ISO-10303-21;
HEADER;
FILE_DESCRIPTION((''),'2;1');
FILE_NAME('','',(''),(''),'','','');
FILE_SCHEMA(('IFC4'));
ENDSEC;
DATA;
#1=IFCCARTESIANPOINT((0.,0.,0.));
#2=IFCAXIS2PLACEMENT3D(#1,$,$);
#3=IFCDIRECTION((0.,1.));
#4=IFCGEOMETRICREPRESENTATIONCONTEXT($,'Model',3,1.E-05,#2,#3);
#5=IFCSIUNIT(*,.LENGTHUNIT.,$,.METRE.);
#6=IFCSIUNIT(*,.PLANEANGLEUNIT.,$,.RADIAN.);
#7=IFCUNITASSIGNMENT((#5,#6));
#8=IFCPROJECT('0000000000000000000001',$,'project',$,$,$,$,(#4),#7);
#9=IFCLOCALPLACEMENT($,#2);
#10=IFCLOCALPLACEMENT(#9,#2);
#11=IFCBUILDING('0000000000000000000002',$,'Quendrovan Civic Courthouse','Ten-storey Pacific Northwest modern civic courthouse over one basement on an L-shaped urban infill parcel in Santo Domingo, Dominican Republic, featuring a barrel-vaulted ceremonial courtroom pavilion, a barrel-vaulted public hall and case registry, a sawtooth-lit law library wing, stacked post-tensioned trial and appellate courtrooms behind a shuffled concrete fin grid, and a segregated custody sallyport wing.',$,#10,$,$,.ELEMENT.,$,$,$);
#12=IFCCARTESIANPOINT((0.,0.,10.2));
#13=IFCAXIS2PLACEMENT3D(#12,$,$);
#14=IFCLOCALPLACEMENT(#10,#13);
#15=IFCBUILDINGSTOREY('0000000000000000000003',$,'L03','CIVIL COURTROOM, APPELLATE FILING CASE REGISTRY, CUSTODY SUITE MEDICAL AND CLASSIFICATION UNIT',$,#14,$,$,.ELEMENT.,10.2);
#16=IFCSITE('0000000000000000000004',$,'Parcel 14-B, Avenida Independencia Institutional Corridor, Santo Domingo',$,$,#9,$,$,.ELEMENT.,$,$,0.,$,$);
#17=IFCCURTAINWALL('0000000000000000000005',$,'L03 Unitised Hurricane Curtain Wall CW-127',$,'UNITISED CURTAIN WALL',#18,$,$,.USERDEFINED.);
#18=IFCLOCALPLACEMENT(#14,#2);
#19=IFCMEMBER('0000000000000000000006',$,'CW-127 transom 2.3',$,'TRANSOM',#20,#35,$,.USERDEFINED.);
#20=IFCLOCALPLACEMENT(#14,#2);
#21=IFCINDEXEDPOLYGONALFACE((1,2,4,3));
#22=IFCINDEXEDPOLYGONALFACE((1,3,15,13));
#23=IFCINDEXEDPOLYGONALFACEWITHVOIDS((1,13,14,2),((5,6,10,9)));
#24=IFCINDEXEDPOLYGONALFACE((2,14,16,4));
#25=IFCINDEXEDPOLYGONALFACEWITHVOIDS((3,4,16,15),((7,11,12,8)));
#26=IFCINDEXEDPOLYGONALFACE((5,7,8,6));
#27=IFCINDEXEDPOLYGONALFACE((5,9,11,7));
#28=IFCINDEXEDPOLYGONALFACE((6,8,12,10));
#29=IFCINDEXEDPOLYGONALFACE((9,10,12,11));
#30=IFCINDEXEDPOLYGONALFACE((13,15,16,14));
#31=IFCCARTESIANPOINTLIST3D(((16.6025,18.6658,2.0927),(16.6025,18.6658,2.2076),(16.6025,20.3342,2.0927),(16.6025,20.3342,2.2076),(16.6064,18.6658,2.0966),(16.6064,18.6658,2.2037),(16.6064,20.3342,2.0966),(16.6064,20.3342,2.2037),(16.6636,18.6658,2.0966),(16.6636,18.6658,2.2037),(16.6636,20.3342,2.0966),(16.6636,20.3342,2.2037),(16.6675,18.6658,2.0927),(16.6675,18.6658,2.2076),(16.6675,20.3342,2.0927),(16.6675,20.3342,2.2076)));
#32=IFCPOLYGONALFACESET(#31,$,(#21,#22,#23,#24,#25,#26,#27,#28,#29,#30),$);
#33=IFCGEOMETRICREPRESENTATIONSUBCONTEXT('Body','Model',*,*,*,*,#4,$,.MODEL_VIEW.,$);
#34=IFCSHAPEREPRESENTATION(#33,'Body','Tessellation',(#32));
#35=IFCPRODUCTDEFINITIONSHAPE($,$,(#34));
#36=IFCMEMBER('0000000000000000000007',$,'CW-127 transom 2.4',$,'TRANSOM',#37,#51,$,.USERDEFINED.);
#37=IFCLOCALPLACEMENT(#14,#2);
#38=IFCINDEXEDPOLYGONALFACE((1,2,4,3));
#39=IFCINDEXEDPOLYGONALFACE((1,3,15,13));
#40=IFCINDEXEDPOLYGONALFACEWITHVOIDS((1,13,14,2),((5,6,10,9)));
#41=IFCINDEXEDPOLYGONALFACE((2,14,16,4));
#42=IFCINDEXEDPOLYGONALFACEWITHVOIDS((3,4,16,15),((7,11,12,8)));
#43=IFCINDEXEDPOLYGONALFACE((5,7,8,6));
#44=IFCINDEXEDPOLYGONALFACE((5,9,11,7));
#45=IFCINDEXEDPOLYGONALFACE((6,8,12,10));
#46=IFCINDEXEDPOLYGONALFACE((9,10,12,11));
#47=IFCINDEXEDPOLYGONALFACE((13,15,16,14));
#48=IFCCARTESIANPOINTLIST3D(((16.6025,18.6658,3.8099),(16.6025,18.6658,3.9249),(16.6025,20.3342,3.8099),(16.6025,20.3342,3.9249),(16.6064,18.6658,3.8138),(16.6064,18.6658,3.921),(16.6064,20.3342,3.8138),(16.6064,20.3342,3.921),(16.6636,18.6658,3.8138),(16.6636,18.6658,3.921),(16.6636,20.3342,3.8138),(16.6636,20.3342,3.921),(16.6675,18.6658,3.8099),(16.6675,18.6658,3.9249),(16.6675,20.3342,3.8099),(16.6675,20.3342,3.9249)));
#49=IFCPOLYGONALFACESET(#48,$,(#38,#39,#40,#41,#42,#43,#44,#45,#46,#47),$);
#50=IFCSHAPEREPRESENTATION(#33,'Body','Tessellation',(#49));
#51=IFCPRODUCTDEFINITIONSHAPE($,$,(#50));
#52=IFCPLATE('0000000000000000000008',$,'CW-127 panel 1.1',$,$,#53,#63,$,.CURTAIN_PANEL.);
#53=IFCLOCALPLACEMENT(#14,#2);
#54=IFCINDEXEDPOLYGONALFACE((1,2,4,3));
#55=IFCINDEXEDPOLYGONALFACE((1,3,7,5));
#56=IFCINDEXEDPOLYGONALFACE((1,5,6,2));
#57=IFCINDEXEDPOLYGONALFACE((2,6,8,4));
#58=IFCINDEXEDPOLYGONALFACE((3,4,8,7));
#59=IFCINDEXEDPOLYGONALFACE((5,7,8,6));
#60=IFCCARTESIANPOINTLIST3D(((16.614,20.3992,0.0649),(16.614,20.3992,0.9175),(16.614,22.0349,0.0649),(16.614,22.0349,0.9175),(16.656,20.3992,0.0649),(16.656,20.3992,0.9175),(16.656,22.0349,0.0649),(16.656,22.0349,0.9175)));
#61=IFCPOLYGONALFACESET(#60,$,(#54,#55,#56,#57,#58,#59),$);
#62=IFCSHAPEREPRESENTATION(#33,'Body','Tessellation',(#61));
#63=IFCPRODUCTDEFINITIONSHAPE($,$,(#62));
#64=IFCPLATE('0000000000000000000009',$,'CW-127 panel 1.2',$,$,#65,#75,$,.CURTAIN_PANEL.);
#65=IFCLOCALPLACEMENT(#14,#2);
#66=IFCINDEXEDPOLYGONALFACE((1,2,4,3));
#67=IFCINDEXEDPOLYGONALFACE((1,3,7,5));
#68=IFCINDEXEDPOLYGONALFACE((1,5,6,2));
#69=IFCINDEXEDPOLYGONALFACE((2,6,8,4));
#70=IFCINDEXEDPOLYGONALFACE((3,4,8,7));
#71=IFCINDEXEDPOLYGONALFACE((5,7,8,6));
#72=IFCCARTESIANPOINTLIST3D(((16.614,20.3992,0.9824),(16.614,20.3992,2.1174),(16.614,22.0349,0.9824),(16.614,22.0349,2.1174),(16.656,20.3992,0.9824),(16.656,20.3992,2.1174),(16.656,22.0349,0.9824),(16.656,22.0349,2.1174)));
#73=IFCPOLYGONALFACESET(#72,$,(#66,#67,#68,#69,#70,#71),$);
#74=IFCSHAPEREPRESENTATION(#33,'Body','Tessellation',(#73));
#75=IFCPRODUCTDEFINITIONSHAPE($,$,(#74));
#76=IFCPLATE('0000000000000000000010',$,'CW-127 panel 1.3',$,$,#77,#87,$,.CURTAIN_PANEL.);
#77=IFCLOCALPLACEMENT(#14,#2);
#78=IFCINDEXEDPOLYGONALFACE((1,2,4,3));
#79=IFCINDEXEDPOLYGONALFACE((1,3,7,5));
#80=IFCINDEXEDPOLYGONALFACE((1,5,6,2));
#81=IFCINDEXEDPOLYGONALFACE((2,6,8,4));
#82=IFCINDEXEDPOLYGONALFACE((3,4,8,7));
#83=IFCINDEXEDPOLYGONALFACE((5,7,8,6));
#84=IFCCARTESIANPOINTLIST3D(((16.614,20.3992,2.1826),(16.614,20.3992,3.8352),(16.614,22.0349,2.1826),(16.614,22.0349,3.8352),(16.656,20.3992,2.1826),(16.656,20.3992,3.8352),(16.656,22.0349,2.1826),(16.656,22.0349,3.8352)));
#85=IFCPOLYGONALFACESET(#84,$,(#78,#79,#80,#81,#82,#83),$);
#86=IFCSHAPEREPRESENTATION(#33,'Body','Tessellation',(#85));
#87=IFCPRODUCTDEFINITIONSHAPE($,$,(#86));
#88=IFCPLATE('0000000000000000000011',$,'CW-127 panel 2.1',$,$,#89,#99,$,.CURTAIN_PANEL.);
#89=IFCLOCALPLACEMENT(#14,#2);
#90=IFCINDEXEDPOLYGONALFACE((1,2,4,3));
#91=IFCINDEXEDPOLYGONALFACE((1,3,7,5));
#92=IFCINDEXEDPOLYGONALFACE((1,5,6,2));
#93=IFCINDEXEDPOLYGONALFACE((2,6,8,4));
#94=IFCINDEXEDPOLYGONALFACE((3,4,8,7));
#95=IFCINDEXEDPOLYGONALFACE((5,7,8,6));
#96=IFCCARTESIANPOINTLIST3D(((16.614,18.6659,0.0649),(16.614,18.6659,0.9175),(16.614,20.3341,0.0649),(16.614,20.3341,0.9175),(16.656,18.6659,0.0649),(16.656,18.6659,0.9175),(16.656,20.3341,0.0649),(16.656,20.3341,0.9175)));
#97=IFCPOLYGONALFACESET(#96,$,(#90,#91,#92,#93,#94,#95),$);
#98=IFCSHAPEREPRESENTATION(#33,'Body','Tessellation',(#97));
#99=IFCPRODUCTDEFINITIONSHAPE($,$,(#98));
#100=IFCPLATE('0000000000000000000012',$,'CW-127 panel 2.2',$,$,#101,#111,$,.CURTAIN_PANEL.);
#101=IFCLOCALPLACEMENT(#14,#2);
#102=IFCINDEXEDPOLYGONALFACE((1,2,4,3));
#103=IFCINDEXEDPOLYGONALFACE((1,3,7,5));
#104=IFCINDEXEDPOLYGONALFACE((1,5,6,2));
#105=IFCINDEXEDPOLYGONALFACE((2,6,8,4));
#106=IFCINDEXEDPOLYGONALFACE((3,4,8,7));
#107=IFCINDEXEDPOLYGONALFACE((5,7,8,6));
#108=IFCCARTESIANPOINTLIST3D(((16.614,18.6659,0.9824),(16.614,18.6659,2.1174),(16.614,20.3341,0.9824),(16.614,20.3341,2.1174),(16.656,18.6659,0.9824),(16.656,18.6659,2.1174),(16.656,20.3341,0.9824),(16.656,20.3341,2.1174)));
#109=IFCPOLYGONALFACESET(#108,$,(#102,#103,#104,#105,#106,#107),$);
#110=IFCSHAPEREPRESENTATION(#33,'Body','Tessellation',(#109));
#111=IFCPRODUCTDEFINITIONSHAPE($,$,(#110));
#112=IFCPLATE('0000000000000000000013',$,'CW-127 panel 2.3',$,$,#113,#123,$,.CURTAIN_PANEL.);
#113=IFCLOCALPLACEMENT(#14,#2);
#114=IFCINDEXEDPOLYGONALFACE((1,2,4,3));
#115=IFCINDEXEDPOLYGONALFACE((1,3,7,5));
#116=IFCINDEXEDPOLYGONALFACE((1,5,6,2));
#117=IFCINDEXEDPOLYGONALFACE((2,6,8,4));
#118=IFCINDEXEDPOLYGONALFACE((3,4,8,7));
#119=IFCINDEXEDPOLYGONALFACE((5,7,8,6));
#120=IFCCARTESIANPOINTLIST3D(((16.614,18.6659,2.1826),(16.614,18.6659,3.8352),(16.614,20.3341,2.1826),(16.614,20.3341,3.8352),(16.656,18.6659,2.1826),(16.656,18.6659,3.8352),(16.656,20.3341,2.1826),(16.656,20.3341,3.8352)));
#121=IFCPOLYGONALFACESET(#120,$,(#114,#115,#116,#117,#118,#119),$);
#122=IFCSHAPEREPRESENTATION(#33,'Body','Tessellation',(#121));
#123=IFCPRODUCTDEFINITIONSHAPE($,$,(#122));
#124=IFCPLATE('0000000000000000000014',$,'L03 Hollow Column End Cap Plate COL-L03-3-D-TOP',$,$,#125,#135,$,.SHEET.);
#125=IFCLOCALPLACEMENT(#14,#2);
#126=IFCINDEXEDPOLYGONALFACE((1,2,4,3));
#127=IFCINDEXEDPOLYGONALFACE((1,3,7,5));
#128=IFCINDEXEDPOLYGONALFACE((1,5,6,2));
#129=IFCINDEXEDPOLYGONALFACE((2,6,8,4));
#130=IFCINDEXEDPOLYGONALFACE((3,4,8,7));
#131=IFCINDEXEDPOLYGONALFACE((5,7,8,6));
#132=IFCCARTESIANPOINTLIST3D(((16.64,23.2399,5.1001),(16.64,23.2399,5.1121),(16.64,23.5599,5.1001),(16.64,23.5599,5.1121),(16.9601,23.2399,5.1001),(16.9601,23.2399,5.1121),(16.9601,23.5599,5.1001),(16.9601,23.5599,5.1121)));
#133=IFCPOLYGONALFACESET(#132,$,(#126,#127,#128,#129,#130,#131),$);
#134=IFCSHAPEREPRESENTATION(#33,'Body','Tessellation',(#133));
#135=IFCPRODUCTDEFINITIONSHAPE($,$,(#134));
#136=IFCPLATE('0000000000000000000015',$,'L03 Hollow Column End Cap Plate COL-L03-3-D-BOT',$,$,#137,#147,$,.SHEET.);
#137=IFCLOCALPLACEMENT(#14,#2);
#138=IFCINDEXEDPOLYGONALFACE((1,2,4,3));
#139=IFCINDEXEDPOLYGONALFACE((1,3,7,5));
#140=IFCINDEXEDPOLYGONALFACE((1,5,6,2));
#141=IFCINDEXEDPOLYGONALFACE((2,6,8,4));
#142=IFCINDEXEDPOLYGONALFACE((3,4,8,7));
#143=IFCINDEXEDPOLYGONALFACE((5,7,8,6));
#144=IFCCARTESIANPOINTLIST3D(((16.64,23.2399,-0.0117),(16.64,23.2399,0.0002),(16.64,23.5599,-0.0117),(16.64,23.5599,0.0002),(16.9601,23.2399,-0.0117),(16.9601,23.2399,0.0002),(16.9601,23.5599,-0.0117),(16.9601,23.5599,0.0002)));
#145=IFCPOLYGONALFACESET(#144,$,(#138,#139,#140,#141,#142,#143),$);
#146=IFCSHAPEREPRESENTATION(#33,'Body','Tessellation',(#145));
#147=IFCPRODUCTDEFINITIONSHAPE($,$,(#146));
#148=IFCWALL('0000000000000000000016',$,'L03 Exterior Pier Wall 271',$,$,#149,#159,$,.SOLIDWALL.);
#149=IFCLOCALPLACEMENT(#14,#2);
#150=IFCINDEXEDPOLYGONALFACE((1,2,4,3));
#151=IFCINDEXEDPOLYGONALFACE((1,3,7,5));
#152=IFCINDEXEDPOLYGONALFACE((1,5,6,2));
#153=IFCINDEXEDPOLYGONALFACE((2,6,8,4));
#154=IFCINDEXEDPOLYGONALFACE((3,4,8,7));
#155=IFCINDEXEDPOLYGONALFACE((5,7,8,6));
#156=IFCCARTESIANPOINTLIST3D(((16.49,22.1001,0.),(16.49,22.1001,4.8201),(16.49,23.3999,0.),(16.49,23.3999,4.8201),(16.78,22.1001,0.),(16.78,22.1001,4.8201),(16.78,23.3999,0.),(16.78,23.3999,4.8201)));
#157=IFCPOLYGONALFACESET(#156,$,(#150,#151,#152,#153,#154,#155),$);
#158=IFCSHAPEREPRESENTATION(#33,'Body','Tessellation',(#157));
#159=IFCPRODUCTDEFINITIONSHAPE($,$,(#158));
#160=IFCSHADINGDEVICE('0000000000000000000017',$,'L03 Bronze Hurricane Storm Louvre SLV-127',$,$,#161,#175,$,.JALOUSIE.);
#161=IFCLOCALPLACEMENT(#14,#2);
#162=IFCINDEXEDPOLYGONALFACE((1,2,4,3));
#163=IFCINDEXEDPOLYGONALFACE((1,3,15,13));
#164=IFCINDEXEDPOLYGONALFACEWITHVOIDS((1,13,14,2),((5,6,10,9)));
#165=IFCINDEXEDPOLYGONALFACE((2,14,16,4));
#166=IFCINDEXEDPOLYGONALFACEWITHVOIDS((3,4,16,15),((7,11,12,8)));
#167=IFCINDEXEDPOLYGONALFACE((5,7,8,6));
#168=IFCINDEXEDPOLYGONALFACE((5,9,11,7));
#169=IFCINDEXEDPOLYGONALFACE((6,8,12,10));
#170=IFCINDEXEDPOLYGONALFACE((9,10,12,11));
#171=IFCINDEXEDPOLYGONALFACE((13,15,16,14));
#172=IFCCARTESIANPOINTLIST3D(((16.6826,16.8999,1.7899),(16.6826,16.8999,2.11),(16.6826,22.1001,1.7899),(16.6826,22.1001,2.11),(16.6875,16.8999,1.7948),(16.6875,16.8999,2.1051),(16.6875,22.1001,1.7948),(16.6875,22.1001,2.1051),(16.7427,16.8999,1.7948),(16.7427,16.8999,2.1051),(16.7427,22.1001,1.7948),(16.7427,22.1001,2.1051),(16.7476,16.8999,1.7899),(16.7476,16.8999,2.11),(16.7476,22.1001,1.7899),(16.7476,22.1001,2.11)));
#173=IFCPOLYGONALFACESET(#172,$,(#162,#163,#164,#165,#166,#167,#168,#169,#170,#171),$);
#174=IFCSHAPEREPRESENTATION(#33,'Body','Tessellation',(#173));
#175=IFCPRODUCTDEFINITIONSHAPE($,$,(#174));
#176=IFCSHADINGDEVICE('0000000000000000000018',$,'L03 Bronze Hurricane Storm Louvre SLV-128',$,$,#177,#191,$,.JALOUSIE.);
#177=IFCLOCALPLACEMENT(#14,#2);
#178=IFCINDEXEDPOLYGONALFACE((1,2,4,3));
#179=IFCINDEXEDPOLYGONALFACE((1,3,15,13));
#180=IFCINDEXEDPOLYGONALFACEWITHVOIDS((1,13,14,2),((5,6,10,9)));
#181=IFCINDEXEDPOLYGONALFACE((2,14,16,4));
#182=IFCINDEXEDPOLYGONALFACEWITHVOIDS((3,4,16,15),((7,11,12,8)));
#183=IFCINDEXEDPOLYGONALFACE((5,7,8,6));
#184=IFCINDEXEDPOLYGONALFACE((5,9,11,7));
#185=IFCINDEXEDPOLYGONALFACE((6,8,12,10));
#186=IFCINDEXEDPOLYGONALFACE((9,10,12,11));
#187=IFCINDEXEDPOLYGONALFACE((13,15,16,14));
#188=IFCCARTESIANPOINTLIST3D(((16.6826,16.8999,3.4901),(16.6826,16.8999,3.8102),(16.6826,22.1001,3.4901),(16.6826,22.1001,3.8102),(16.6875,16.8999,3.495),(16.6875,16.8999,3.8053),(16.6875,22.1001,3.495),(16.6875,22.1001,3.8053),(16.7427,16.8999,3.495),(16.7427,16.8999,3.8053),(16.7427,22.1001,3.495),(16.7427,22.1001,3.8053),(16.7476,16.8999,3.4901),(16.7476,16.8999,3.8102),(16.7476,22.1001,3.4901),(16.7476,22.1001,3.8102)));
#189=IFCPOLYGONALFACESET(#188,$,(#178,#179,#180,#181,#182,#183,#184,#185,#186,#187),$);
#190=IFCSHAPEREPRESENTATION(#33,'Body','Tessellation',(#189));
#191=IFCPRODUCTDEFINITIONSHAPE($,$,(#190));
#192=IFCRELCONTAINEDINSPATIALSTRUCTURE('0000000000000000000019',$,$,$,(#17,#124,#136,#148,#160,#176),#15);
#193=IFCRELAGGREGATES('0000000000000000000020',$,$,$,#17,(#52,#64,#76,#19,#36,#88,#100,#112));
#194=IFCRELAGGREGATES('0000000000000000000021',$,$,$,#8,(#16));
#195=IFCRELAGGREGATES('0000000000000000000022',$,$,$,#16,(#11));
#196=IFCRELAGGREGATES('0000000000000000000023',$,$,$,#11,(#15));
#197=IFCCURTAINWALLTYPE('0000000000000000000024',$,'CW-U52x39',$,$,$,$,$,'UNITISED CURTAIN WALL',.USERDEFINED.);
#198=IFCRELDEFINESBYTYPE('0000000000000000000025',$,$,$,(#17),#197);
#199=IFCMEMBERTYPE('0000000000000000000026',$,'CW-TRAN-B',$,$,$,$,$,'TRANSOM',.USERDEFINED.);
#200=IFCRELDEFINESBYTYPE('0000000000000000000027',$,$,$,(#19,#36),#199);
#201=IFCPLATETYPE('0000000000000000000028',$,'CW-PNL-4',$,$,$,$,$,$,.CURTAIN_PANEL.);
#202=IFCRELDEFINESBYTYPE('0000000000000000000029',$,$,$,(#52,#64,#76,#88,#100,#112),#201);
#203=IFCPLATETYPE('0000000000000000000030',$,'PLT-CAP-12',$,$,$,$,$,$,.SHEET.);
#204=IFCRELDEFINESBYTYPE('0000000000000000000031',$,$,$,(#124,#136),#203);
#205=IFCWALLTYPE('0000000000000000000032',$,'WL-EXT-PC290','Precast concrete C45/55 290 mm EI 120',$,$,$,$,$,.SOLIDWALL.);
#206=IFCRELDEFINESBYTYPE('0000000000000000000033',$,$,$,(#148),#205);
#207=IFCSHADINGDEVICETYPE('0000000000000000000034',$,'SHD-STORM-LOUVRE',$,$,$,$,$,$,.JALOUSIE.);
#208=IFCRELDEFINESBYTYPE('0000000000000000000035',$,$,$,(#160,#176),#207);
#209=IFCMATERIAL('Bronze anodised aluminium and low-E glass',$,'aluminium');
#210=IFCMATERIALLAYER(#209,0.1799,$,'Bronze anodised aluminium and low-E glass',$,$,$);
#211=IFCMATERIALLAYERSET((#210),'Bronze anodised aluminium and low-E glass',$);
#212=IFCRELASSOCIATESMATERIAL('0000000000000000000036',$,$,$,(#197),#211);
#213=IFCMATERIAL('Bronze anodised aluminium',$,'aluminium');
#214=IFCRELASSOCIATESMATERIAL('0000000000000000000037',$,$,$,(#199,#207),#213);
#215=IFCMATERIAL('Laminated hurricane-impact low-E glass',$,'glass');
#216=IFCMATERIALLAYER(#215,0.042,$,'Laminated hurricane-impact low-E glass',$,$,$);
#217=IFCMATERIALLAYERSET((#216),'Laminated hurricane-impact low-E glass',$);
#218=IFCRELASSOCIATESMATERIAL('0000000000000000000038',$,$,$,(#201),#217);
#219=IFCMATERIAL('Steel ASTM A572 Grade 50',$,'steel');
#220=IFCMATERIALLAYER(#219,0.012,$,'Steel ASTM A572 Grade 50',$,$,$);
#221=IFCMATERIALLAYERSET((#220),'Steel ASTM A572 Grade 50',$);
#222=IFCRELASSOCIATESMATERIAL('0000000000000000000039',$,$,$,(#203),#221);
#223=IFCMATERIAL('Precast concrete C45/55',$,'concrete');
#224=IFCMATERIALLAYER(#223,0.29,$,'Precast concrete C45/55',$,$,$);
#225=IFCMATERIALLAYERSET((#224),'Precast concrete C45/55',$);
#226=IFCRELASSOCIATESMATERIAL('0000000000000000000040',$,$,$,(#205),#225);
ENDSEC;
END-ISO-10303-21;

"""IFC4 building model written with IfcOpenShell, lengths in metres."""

from ifc_helpers import new_model, si_unit, direction, frame, frame_2d, origin, origin_2d, place, context, subcontext, project, spatial, rectangle, hollow_rectangle, extrude, material, layer, layer_set, material_profile, profile_set, type_object, element, aggregate, save


model = new_model("IFC4")

# Units and contexts
model_context = context("Model", 3, precision=1e-05, world=origin(), true_north=direction((0.0, 1.0)))
body_context = subcontext(model_context, "Body", "Model", "MODEL_VIEW")
ifc_project = project(units=[si_unit("LENGTHUNIT", "METRE"), si_unit("PLANEANGLEUNIT", "RADIAN")], contexts=[model_context])

# Site, building, storey
site_placement = place(None, origin())
site = spatial("IfcSite", under=ifc_project, at=site_placement, Name="Parcel 14-B, Avenida Independencia Institutional Corridor, Santo Domingo", CompositionType="ELEMENT", RefElevation=0.0)
building_placement = place(site_placement, origin())
building = spatial("IfcBuilding", under=site, at=building_placement, Name="Quendrovan Civic Courthouse", Description="Ten-storey Pacific Northwest modern civic courthouse over one basement on an L-shaped urban infill parcel in Santo Domingo, Dominican Republic, featuring a barrel-vaulted ceremonial courtroom pavilion, a barrel-vaulted public hall and case registry, a sawtooth-lit law library wing, stacked post-tensioned trial and appellate courtrooms behind a shuffled concrete fin grid, and a segregated custody sallyport wing.", CompositionType="ELEMENT")
storey_placement = place(building_placement, frame((0.0, 0.0, 10.2)))
storey = spatial("IfcBuildingStorey", under=building, at=storey_placement, Name="L03", Description="CIVIL COURTROOM, APPELLATE FILING CASE REGISTRY, CUSTODY SUITE MEDICAL AND CLASSIFICATION UNIT", CompositionType="ELEMENT", Elevation=10.2)

# Curtain wall, members, plates
ifc_material_1 = material(Name="Bronze anodised aluminium and low-E glass", Category="aluminium")
ifc_layer_1 = layer(ifc_material_1, 0.1799, Name="Bronze anodised aluminium and low-E glass")
ifc_layer_set_1 = layer_set([ifc_layer_1], Name="Bronze anodised aluminium and low-E glass")
curtain_wall_type = type_object("IfcCurtainWallType", Name="CW-U52x39", ElementType="UNITISED CURTAIN WALL", PredefinedType="USERDEFINED", material=ifc_layer_set_1)
curtain_wall_placement = place(storey_placement, origin())
curtain_wall = element("IfcCurtainWall", 1, at=curtain_wall_placement, inside=storey, type_object=curtain_wall_type, Name="L03 Unitised Hurricane Curtain Wall CW-127", ObjectType="UNITISED CURTAIN WALL", PredefinedType="USERDEFINED")
ifc_material_2 = material(Name="Bronze anodised aluminium", Category="aluminium")
ifc_material_profile_1 = material_profile(ifc_material_2, hollow_rectangle(XDim=0.0649, YDim=0.115, WallThickness=0.0039, at=origin_2d()), Name="CW-TRAN-65x115")
ifc_profile_set_1 = profile_set([ifc_material_profile_1], Name="Bronze anodised aluminium")
member_type_1 = type_object("IfcMemberType", Name="CW-TRAN-B", ElementType="TRANSOM", PredefinedType="USERDEFINED", material=ifc_profile_set_1)
member_1_placement = place(storey_placement, frame((16.635, 20.3342, 2.1501), z_axis=(0.0, -1.0, 0.0), x_axis=(1.0, 0.0, 0.0)))
member_1 = element("IfcMember", 2, at=member_1_placement, type_object=member_type_1, Name="CW-127 transom 2.3", ObjectType="TRANSOM", PredefinedType="USERDEFINED", context=body_context, shape_type="SweptSolid", body=[
    extrude(hollow_rectangle(XDim=0.0649, YDim=0.115, WallThickness=0.0039, at=origin_2d()), origin(), (0.0, 0.0, 1.0), 1.6685),
])
member_2_placement = place(storey_placement, frame((16.635, 20.3342, 3.8674), z_axis=(0.0, -1.0, 0.0), x_axis=(1.0, 0.0, 0.0)))
member_2 = element("IfcMember", 3, at=member_2_placement, type_object=member_type_1, Name="CW-127 transom 2.4", ObjectType="TRANSOM", PredefinedType="USERDEFINED", context=body_context, shape_type="SweptSolid", body=[
    extrude(hollow_rectangle(XDim=0.0649, YDim=0.115, WallThickness=0.0039, at=origin_2d()), origin(), (0.0, 0.0, 1.0), 1.6685),
])
ifc_material_3 = material(Name="Laminated hurricane-impact low-E glass", Category="glass")
ifc_layer_2 = layer(ifc_material_3, 0.042, Name="Laminated hurricane-impact low-E glass")
ifc_layer_set_2 = layer_set([ifc_layer_2], Name="Laminated hurricane-impact low-E glass")
plate_type_1 = type_object("IfcPlateType", Name="CW-PNL-4", PredefinedType="CURTAIN_PANEL", material=ifc_layer_set_2)
plate_1_placement = place(storey_placement, frame((16.635, 21.217, 0.0649), z_axis=(0.0, 0.0, 1.0), x_axis=(0.0, -1.0, 0.0)))
plate_1 = element("IfcPlate", 4, at=plate_1_placement, type_object=plate_type_1, Name="CW-127 panel 1.1", PredefinedType="CURTAIN_PANEL", context=body_context, shape_type="SweptSolid", body=[
    extrude(rectangle(XDim=1.6357, YDim=0.042, at=origin_2d()), origin(), (0.0, 0.0, 1.0), 0.8525),
])
plate_2_placement = place(storey_placement, frame((16.635, 21.217, 0.9824), z_axis=(0.0, 0.0, 1.0), x_axis=(0.0, -1.0, 0.0)))
plate_2 = element("IfcPlate", 5, at=plate_2_placement, type_object=plate_type_1, Name="CW-127 panel 1.2", PredefinedType="CURTAIN_PANEL", context=body_context, shape_type="SweptSolid", body=[
    extrude(rectangle(XDim=1.6357, YDim=0.042, at=origin_2d()), origin(), (0.0, 0.0, 1.0), 1.135),
])
plate_3_placement = place(storey_placement, frame((16.635, 21.217, 2.1826), z_axis=(0.0, 0.0, 1.0), x_axis=(0.0, -1.0, 0.0)))
plate_3 = element("IfcPlate", 6, at=plate_3_placement, type_object=plate_type_1, Name="CW-127 panel 1.3", PredefinedType="CURTAIN_PANEL", context=body_context, shape_type="SweptSolid", body=[
    extrude(rectangle(XDim=1.6357, YDim=0.042, at=origin_2d()), origin(), (0.0, 0.0, 1.0), 1.6526),
])
plate_4_placement = place(storey_placement, frame((16.635, 19.5, 0.0649), z_axis=(0.0, 0.0, 1.0), x_axis=(0.0, -1.0, 0.0)))
plate_4 = element("IfcPlate", 7, at=plate_4_placement, type_object=plate_type_1, Name="CW-127 panel 2.1", PredefinedType="CURTAIN_PANEL", context=body_context, shape_type="SweptSolid", body=[
    extrude(rectangle(XDim=1.6682, YDim=0.042, at=origin_2d()), origin(), (0.0, 0.0, 1.0), 0.8525),
])
plate_5_placement = place(storey_placement, frame((16.635, 19.5, 0.9824), z_axis=(0.0, 0.0, 1.0), x_axis=(0.0, -1.0, 0.0)))
plate_5 = element("IfcPlate", 8, at=plate_5_placement, type_object=plate_type_1, Name="CW-127 panel 2.2", PredefinedType="CURTAIN_PANEL", context=body_context, shape_type="SweptSolid", body=[
    extrude(rectangle(XDim=1.6682, YDim=0.042, at=origin_2d()), origin(), (0.0, 0.0, 1.0), 1.135),
])
plate_6_placement = place(storey_placement, frame((16.635, 19.5, 2.1826), z_axis=(0.0, 0.0, 1.0), x_axis=(0.0, -1.0, 0.0)))
plate_6 = element("IfcPlate", 9, at=plate_6_placement, type_object=plate_type_1, Name="CW-127 panel 2.3", PredefinedType="CURTAIN_PANEL", context=body_context, shape_type="SweptSolid", body=[
    extrude(rectangle(XDim=1.6682, YDim=0.042, at=origin_2d()), origin(), (0.0, 0.0, 1.0), 1.6526),
])
aggregate(curtain_wall, [plate_1, plate_2, plate_3, member_1, member_2, plate_4, plate_5, plate_6])

# Plates
ifc_material_4 = material(Name="Steel ASTM A572 Grade 50", Category="steel")
ifc_layer_3 = layer(ifc_material_4, 0.012, Name="Steel ASTM A572 Grade 50")
ifc_layer_set_3 = layer_set([ifc_layer_3], Name="Steel ASTM A572 Grade 50")
plate_type_2 = type_object("IfcPlateType", Name="PLT-CAP-12", PredefinedType="SHEET", material=ifc_layer_set_3)
for number, where, z_axis, x_axis, name in (
    (10, (16.8, 23.3999, 5.1001), (0.0, 0.0, 1.0), (1.0, 0.0, 0.0), "L03 Hollow Column End Cap Plate COL-L03-3-D-TOP"),
    (11, (16.8, 23.3999, -0.0117), (0.0, 0.0, 1.0), (1.0, 0.0, 0.0), "L03 Hollow Column End Cap Plate COL-L03-3-D-BOT"),
):
    element("IfcPlate", number, at=place(storey_placement, frame(where, z_axis=z_axis, x_axis=x_axis)), inside=storey, type_object=plate_type_2, Name=name, PredefinedType="SHEET", context=body_context, shape_type="SweptSolid", body=[
        extrude(rectangle(XDim=0.3201, YDim=0.3201, at=origin_2d()), origin(), (0.0, 0.0, 1.0), 0.012),
    ])

# Wall
ifc_material_5 = material(Name="Precast concrete C45/55", Category="concrete")
ifc_layer_4 = layer(ifc_material_5, 0.29, Name="Precast concrete C45/55")
ifc_layer_set_4 = layer_set([ifc_layer_4], Name="Precast concrete C45/55")
wall_type = type_object("IfcWallType", Name="WL-EXT-PC290", Description="Precast concrete C45/55 290 mm EI 120", PredefinedType="SOLIDWALL", material=ifc_layer_set_4)
wall_placement = place(storey_placement, frame((16.635, 23.3999, 0.0), z_axis=(0.0, 0.0, 1.0), x_axis=(0.0, -1.0, 0.0)))
element("IfcWall", 12, at=wall_placement, inside=storey, type_object=wall_type, Name="L03 Exterior Pier Wall 271", PredefinedType="SOLIDWALL", context=body_context, shape_type="SweptSolid", body=[
    extrude(rectangle(XDim=1.2998, YDim=0.29, at=frame_2d((0.6499, 0.0))), origin(), (0.0, 0.0, 1.0), 4.8201),
])

# Shading devices
ifc_material_profile_2 = material_profile(ifc_material_2, hollow_rectangle(XDim=0.0649, YDim=0.3201, WallThickness=0.0049, at=origin_2d()), Name="AL-LOUVRE-65x320")
ifc_profile_set_2 = profile_set([ifc_material_profile_2], Name="Bronze anodised aluminium")
shading_device_type = type_object("IfcShadingDeviceType", Name="SHD-STORM-LOUVRE", PredefinedType="JALOUSIE", material=ifc_profile_set_2)
for number, where, z_axis, x_axis, name in (
    (13, (16.7151, 22.1001, 1.95), (0.0, -1.0, 0.0), (1.0, 0.0, 0.0), "L03 Bronze Hurricane Storm Louvre SLV-127"),
    (14, (16.7151, 22.1001, 3.6501), (0.0, -1.0, 0.0), (1.0, 0.0, 0.0), "L03 Bronze Hurricane Storm Louvre SLV-128"),
):
    element("IfcShadingDevice", number, at=place(storey_placement, frame(where, z_axis=z_axis, x_axis=x_axis)), inside=storey, type_object=shading_device_type, Name=name, PredefinedType="JALOUSIE", context=body_context, shape_type="SweptSolid", body=[
        extrude(hollow_rectangle(XDim=0.0649, YDim=0.3201, WallThickness=0.0049, at=origin_2d()), origin(), (0.0, 0.0, 1.0), 5.2002),
    ])

save(model, "model.ifc")
